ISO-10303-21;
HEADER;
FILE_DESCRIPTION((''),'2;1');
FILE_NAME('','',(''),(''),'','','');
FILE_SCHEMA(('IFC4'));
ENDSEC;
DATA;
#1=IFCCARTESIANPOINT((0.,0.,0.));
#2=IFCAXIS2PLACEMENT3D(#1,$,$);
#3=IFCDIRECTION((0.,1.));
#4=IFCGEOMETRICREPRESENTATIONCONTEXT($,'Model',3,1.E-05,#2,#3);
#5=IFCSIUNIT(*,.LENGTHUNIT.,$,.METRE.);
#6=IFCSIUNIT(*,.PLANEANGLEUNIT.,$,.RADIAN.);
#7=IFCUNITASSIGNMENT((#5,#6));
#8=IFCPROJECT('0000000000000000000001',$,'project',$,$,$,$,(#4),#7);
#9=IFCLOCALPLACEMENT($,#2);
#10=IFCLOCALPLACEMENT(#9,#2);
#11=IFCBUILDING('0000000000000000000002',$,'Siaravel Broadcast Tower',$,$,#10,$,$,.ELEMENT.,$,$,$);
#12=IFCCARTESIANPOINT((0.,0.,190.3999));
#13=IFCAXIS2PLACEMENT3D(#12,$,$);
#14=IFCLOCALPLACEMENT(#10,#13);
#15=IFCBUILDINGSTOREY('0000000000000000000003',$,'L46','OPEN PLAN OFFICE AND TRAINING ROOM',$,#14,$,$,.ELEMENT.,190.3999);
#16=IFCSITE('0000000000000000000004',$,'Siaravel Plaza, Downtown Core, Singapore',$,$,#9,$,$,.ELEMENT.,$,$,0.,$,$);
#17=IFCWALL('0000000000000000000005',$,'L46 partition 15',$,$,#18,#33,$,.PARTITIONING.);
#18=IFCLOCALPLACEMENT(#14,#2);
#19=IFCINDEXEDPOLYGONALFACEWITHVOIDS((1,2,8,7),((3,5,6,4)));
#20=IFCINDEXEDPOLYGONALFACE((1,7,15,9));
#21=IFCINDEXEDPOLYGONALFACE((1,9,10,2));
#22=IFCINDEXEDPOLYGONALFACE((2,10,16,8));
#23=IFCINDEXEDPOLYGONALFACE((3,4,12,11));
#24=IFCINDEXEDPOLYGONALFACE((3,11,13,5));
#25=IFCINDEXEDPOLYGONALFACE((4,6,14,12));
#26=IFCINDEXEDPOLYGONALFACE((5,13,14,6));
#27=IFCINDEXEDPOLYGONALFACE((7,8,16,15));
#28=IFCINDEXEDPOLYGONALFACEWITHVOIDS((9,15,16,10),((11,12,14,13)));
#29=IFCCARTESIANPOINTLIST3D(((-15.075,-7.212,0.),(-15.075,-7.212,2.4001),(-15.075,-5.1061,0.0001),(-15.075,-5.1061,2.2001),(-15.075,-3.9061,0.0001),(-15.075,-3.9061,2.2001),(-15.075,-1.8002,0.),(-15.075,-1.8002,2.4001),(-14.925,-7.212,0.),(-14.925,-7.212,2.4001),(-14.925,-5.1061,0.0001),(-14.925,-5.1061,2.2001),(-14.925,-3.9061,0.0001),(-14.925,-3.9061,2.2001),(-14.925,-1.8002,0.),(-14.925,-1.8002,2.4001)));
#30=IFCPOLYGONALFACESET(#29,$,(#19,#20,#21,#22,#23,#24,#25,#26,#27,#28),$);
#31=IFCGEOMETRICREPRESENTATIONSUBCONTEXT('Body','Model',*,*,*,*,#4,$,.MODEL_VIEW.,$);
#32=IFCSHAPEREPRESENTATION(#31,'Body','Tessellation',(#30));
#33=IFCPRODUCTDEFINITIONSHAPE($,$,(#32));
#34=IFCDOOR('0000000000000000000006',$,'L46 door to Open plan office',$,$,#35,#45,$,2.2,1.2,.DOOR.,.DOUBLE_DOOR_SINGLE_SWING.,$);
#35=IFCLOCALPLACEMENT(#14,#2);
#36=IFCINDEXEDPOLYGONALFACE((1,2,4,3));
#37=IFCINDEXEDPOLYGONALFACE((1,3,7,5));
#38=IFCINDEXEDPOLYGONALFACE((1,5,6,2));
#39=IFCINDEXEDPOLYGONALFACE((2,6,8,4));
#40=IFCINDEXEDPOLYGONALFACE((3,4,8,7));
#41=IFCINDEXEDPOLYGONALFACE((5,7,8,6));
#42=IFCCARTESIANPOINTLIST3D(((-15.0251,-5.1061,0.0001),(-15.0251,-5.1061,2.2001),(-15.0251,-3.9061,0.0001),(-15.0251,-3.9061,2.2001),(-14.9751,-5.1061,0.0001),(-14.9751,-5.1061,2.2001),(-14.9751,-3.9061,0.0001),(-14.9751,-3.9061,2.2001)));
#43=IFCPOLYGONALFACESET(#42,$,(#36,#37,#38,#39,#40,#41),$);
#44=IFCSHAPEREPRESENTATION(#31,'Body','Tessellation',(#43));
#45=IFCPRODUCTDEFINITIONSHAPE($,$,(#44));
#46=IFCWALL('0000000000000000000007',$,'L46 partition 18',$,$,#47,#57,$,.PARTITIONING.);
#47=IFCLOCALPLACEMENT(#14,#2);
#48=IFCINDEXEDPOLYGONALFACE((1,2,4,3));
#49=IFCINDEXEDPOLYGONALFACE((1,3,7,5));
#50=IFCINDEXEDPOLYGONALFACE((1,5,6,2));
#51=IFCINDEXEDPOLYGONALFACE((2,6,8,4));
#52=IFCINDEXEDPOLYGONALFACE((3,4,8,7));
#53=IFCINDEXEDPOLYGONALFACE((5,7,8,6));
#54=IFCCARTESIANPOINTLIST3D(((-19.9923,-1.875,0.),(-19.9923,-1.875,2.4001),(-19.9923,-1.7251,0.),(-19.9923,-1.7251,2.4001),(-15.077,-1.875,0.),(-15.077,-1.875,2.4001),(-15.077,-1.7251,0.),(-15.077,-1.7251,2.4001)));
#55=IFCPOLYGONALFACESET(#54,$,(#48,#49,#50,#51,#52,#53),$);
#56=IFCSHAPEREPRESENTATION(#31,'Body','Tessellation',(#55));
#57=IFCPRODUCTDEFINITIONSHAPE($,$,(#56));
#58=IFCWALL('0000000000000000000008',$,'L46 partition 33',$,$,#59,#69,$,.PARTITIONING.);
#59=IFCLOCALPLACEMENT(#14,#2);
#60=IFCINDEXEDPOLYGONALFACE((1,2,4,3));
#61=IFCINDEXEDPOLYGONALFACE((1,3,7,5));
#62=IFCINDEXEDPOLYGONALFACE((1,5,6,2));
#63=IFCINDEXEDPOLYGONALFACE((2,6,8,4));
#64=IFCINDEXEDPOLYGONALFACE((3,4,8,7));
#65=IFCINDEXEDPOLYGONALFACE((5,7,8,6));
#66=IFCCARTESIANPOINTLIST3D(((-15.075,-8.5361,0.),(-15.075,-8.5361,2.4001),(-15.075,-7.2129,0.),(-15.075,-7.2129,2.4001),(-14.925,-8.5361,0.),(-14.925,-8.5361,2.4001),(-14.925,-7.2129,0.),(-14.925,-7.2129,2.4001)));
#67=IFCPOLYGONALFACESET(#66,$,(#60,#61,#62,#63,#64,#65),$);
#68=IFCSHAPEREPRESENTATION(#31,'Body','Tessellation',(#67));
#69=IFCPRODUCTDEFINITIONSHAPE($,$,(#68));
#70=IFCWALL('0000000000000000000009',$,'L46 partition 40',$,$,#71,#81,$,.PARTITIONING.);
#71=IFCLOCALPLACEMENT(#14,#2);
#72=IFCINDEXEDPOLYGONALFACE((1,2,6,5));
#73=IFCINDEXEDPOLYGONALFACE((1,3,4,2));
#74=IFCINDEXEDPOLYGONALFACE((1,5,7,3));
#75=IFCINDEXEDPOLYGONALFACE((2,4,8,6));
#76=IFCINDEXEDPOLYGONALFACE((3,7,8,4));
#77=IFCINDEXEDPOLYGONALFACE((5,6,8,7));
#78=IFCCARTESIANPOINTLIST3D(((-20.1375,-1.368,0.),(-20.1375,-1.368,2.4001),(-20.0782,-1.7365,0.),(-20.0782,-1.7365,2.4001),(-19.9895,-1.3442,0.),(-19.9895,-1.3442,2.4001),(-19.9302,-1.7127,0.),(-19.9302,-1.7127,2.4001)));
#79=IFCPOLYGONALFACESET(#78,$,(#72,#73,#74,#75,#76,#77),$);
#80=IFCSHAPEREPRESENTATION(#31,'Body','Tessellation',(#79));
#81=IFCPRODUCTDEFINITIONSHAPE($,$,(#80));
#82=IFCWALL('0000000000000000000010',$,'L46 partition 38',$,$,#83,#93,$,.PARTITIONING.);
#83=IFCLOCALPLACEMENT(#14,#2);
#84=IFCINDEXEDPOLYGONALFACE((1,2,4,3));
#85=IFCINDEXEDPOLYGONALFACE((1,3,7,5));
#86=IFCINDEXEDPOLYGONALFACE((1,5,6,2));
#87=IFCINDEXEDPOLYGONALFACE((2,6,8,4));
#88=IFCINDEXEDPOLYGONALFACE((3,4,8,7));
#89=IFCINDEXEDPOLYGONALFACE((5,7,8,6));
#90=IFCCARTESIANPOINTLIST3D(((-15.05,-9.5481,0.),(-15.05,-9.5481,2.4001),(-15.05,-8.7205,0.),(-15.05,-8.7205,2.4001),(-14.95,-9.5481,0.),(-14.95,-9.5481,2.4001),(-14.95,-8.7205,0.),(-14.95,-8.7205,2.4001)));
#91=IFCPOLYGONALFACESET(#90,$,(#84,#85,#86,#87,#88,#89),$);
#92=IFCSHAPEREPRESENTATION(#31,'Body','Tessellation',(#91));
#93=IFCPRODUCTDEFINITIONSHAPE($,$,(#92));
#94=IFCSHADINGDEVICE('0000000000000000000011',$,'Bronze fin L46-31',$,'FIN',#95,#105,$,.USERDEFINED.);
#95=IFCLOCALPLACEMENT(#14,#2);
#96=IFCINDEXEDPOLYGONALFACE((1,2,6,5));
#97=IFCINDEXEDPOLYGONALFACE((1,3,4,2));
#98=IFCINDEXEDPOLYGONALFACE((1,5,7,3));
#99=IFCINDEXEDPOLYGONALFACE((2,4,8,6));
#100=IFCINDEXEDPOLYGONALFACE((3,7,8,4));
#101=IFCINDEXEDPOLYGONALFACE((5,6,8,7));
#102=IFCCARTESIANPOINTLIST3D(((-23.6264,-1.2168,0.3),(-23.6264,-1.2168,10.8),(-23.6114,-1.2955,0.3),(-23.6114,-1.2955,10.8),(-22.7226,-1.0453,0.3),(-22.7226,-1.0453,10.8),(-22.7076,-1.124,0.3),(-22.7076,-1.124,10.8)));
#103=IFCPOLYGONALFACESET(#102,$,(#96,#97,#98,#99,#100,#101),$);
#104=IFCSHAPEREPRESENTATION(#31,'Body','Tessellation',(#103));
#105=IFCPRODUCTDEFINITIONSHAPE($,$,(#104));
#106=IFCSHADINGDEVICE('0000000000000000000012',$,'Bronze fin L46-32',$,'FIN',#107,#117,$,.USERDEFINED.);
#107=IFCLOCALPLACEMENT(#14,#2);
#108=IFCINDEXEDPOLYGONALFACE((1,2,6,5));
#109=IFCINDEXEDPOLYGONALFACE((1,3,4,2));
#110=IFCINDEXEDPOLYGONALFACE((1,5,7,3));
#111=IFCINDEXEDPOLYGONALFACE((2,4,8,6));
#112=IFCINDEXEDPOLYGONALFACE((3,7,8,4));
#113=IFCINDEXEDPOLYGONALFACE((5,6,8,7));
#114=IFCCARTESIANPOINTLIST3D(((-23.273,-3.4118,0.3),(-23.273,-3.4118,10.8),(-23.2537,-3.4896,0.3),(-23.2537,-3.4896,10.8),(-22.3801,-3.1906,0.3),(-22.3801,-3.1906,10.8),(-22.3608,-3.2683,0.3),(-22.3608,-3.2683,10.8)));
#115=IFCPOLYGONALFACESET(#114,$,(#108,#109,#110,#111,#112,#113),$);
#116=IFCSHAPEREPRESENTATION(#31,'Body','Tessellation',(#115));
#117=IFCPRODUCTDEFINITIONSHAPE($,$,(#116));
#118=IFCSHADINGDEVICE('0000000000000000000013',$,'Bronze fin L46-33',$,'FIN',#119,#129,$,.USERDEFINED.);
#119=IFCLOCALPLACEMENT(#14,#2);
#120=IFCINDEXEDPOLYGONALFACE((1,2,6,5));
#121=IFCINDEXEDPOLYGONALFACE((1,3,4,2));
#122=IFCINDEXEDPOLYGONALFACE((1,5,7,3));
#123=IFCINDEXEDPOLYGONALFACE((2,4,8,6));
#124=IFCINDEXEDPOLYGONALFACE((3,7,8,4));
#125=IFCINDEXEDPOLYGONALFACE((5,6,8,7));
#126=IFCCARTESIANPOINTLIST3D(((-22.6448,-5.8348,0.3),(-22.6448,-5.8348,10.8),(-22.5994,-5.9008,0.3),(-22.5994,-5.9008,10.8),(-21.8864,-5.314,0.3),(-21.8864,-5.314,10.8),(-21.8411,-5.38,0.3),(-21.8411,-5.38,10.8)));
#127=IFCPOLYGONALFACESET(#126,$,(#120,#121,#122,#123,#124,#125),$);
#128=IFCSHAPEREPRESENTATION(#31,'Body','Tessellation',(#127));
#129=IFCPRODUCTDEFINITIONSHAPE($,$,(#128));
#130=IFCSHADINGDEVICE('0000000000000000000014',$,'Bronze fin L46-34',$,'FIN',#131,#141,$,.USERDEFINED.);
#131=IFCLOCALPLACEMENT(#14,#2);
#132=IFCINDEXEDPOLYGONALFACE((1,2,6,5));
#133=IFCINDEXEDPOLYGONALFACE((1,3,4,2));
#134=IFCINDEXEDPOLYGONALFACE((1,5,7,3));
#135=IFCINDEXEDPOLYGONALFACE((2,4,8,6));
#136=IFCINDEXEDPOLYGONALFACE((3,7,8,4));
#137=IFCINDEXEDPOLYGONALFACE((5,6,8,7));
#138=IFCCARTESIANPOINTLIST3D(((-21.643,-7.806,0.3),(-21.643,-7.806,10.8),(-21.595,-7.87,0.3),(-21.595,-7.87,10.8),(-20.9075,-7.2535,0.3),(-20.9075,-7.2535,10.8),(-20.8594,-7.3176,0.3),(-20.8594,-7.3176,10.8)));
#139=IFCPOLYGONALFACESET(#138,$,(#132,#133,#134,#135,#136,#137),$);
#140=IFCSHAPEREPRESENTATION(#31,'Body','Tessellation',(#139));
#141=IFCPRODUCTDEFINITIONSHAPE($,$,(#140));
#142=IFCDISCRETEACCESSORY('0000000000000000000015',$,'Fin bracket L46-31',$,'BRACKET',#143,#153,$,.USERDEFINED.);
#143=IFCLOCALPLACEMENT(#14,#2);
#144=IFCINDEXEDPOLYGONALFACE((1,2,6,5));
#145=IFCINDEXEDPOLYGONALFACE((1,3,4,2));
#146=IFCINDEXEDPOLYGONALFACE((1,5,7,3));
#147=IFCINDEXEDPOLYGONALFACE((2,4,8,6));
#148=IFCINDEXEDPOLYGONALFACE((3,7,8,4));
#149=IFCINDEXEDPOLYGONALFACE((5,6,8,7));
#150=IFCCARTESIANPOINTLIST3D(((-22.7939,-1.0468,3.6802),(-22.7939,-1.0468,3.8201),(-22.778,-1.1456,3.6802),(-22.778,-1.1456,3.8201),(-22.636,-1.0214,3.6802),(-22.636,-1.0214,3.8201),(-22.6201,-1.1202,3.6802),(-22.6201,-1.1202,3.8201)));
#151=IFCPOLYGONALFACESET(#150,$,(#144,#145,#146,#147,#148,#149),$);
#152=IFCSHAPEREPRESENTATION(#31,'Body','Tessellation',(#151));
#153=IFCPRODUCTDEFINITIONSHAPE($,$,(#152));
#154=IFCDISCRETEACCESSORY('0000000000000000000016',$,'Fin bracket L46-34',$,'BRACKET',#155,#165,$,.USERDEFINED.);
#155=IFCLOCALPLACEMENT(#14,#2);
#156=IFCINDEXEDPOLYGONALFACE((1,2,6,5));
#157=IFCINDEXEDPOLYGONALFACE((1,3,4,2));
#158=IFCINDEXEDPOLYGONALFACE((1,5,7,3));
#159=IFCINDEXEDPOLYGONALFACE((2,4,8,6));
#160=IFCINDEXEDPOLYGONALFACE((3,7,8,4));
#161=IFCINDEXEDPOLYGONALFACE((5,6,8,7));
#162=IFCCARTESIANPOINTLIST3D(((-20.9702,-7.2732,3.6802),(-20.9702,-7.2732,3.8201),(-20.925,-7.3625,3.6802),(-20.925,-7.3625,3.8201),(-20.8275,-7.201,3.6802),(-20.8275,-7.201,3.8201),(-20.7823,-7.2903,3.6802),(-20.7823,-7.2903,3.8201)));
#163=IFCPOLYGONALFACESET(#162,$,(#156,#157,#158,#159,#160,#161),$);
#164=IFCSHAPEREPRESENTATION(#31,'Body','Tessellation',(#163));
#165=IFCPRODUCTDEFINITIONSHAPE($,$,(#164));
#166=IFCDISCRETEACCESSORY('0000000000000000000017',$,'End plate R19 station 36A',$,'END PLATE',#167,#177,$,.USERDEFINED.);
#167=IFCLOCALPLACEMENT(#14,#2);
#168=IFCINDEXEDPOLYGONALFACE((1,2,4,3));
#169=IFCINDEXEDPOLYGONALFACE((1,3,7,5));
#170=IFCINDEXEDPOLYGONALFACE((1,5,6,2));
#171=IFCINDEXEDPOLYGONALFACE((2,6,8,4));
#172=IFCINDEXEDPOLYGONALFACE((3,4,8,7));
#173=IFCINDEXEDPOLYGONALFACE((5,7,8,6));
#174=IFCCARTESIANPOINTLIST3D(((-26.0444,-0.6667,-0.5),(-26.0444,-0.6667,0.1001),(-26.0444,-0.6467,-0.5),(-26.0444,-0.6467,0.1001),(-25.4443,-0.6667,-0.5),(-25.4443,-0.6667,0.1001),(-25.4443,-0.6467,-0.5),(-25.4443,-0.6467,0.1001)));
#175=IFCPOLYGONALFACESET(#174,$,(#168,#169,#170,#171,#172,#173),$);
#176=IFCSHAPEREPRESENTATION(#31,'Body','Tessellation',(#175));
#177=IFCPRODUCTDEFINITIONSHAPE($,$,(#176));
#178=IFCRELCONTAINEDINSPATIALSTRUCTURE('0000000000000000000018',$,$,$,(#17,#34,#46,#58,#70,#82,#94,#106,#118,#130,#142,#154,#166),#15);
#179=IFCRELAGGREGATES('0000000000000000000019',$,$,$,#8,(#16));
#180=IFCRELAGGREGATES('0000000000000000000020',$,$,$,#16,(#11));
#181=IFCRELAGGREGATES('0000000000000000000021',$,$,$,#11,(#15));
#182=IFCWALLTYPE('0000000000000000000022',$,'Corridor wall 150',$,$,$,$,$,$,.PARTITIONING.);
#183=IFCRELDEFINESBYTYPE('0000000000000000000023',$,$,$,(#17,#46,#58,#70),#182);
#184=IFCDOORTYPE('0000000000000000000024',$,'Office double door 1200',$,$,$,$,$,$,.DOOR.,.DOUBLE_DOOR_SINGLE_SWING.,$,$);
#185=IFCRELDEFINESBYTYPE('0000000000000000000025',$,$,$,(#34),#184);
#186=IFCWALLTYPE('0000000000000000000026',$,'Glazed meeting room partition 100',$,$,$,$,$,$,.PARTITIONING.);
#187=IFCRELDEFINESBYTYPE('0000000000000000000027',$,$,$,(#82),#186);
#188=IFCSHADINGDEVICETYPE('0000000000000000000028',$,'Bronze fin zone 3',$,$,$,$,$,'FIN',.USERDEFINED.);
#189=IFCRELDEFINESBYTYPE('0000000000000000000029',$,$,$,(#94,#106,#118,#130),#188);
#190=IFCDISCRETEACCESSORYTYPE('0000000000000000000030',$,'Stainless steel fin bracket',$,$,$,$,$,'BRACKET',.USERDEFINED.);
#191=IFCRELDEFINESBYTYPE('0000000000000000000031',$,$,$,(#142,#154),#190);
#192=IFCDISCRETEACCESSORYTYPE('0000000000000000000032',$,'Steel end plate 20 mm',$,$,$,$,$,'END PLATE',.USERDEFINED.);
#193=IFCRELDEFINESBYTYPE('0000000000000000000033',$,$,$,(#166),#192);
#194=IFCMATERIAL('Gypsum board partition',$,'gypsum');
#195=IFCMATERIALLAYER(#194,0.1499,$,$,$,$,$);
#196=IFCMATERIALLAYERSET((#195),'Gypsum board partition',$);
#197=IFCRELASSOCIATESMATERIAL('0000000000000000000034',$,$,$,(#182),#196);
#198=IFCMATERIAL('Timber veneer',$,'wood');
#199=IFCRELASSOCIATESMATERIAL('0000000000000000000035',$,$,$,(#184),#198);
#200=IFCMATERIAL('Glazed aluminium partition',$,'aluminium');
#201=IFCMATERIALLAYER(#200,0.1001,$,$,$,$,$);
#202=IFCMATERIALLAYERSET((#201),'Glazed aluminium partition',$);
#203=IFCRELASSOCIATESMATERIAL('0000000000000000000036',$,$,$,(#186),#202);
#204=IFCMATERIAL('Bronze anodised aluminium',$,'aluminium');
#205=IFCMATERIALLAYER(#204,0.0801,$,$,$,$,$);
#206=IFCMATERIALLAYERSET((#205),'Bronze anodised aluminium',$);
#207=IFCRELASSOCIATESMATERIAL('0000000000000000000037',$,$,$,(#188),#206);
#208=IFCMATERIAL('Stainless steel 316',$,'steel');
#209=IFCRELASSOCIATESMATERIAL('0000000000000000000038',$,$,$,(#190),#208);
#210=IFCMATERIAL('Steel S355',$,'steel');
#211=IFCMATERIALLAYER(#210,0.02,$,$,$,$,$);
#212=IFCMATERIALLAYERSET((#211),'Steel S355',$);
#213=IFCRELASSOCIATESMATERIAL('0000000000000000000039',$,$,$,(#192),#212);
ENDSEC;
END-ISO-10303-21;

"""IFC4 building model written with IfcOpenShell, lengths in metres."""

from ifc_helpers import new_model, si_unit, direction, frame, frame_2d, origin, origin_2d, place, context, subcontext, project, spatial, rectangle, extrude, material, layer, layer_set, type_object, element, fill, save


model = new_model("IFC4")

# Units and contexts
model_context = context("Model", 3, precision=1e-05, world=origin(), true_north=direction((0.0, 1.0)))
body_context = subcontext(model_context, "Body", "Model", "MODEL_VIEW")
ifc_project = project(units=[si_unit("LENGTHUNIT", "METRE"), si_unit("PLANEANGLEUNIT", "RADIAN")], contexts=[model_context])

# Site, building, storey
site_placement = place(None, origin())
site = spatial("IfcSite", under=ifc_project, at=site_placement, Name="Siaravel Plaza, Downtown Core, Singapore", CompositionType="ELEMENT", RefElevation=0.0)
building_placement = place(site_placement, origin())
building = spatial("IfcBuilding", under=site, at=building_placement, Name="Siaravel Broadcast Tower", CompositionType="ELEMENT")
storey_placement = place(building_placement, frame((0.0, 0.0, 190.3999)))
storey = spatial("IfcBuildingStorey", under=building, at=storey_placement, Name="L46", Description="OPEN PLAN OFFICE AND TRAINING ROOM", CompositionType="ELEMENT", Elevation=190.3999)

# Shared definitions
ifc_material_1 = material(Name="Steel S355", Category="steel")

# Wall, opening, door
ifc_material_2 = material(Name="Gypsum board partition", Category="gypsum")
ifc_layer_1 = layer(ifc_material_2, 0.1499)
ifc_layer_set_1 = layer_set([ifc_layer_1], Name="Gypsum board partition")
wall_type_1 = type_object("IfcWallType", Name="Corridor wall 150", PredefinedType="PARTITIONING", material=ifc_layer_set_1)
wall_1_placement = place(storey_placement, frame((-15.0, -1.8, 0.0), z_axis=(0.0, 0.0, 1.0), x_axis=(0.0, -1.0, 0.0)))
wall_1 = element("IfcWall", 1, at=wall_1_placement, inside=storey, type_object=wall_type_1, Name="L46 partition 15", PredefinedType="PARTITIONING", context=body_context, shape_type="SweptSolid", body=[
    extrude(rectangle(XDim=5.4119, YDim=0.1499, at=frame_2d((2.7061, 0.0))), origin(), (0.0, 0.0, 1.0), 2.4001),
])
opening_placement = place(wall_1_placement, frame((2.106, 0.0, 0.0)))
opening = element("IfcOpeningElement", 2, at=opening_placement, cuts=wall_1, PredefinedType="OPENING", context=body_context, shape_type="SweptSolid", body=[
    extrude(rectangle(XDim=1.2, YDim=2.2, at=frame_2d((0.6001, 1.1001))), frame((0.0, 0.085, 0.0), z_axis=(0.0, -1.0, 0.0), x_axis=(1.0, 0.0, 0.0)), (0.0, 0.0, 1.0), 0.1699),
])
ifc_material_3 = material(Name="Timber veneer", Category="wood")
door_type = type_object("IfcDoorType", Name="Office double door 1200", OperationType="DOUBLE_DOOR_SINGLE_SWING", PredefinedType="DOOR", material=ifc_material_3)
door_placement = place(opening_placement, origin())
door = element("IfcDoor", 3, at=door_placement, inside=storey, type_object=door_type, Name="L46 door to Open plan office", OperationType="DOUBLE_DOOR_SINGLE_SWING", OverallHeight=2.2, OverallWidth=1.2, PredefinedType="DOOR", context=body_context, shape_type="SweptSolid", body=[
    extrude(rectangle(XDim=1.2, YDim=2.2, at=frame_2d((0.6001, 1.1001))), frame((0.0, 0.0249, 0.0), z_axis=(0.0, -1.0, 0.0), x_axis=(1.0, 0.0, 0.0)), (0.0, 0.0, 1.0), 0.05),
])
fill(opening, door)

# Walls
wall_2_placement = place(storey_placement, frame((-19.9922, -1.8, 0.0), z_axis=(0.0, 0.0, 1.0), x_axis=(1.0, 0.0, 0.0)))
element("IfcWall", 4, at=wall_2_placement, inside=storey, type_object=wall_type_1, Name="L46 partition 18", PredefinedType="PARTITIONING", context=body_context, shape_type="SweptSolid", body=[
    extrude(rectangle(XDim=4.9153, YDim=0.1499, at=frame_2d((2.4575, 0.0))), origin(), (0.0, 0.0, 1.0), 2.4001),
])
wall_3_placement = place(storey_placement, frame((-15.0, -7.2129, 0.0), z_axis=(0.0, 0.0, 1.0), x_axis=(0.0, -1.0, 0.0)))
element("IfcWall", 5, at=wall_3_placement, inside=storey, type_object=wall_type_1, Name="L46 partition 33", PredefinedType="PARTITIONING", context=body_context, shape_type="SweptSolid", body=[
    extrude(rectangle(XDim=1.3232, YDim=0.1499, at=frame_2d((0.6616, 0.0))), origin(), (0.0, 0.0, 1.0), 2.4001),
])
wall_4_placement = place(storey_placement, frame((-20.0635, -1.3562, 0.0), z_axis=(0.0, 0.0, 1.0), x_axis=(0.158883, -0.987297, 0.0)))
element("IfcWall", 6, at=wall_4_placement, inside=storey, type_object=wall_type_1, Name="L46 partition 40", PredefinedType="PARTITIONING", context=body_context, shape_type="SweptSolid", body=[
    extrude(rectangle(XDim=0.3733, YDim=0.1499, at=frame_2d((0.1865, 0.0))), origin(), (0.0, 0.0, 1.0), 2.4001),
])
ifc_material_4 = material(Name="Glazed aluminium partition", Category="aluminium")
ifc_layer_2 = layer(ifc_material_4, 0.1001)
ifc_layer_set_2 = layer_set([ifc_layer_2], Name="Glazed aluminium partition")
wall_type_2 = type_object("IfcWallType", Name="Glazed meeting room partition 100", PredefinedType="PARTITIONING", material=ifc_layer_set_2)
wall_5_placement = place(storey_placement, frame((-15.0, -8.7205, 0.0), z_axis=(0.0, 0.0, 1.0), x_axis=(0.0, -1.0, 0.0)))
element("IfcWall", 7, at=wall_5_placement, inside=storey, type_object=wall_type_2, Name="L46 partition 38", PredefinedType="PARTITIONING", context=body_context, shape_type="SweptSolid", body=[
    extrude(rectangle(XDim=0.8276, YDim=0.1001, at=frame_2d((0.4138, 0.0))), origin(), (0.0, 0.0, 1.0), 2.4001),
])

# Shading devices
ifc_material_5 = material(Name="Bronze anodised aluminium", Category="aluminium")
ifc_layer_3 = layer(ifc_material_5, 0.0801)
ifc_layer_set_3 = layer_set([ifc_layer_3], Name="Bronze anodised aluminium")
shading_device_type = type_object("IfcShadingDeviceType", Name="Bronze fin zone 3", ElementType="FIN", PredefinedType="USERDEFINED", material=ifc_layer_set_3)
for number, where, z_axis, x_axis, name in (
    (8, (-23.167, -1.1704, 0.3), (0.0, 0.0, 1.0), (-0.982468, -0.18643, 0.0), "Bronze fin L46-31"),
    (9, (-22.8169, -3.3401, 0.3), (0.0, 0.0, 1.0), (-0.970653, -0.240484, 0.0), "Bronze fin L46-32"),
    (10, (-22.2429, -5.6074, 0.3), (0.0, 0.0, 1.0), (-0.824341, -0.566094, 0.0), "Bronze fin L46-33"),
    (11, (-21.2512, -7.5618, 0.3), (0.0, 0.0, 1.0), (-0.799598, -0.600536, 0.0), "Bronze fin L46-34"),
):
    element("IfcShadingDevice", number, at=place(storey_placement, frame(where, z_axis=z_axis, x_axis=x_axis)), inside=storey, type_object=shading_device_type, Name=name, ObjectType="FIN", PredefinedType="USERDEFINED", context=body_context, shape_type="SweptSolid", body=[
        extrude(rectangle(XDim=0.9199, YDim=0.0801, at=origin_2d()), origin(), (0.0, 0.0, 1.0), 10.5),
    ])

# Discrete accessories
ifc_material_6 = material(Name="Stainless steel 316", Category="steel")
discrete_accessory_type_1 = type_object("IfcDiscreteAccessoryType", Name="Stainless steel fin bracket", ElementType="BRACKET", PredefinedType="USERDEFINED", material=ifc_material_6)
for number, where, z_axis, x_axis, name in (
    (12, (-22.707, -1.0835, 3.6802), (0.0, 0.0, 1.0), (-0.987329, -0.158685, 0.0), "Fin bracket L46-31"),
    (13, (-20.8762, -7.2817, 3.6802), (0.0, 0.0, 1.0), (-0.892392, -0.451261, 0.0), "Fin bracket L46-34"),
):
    element("IfcDiscreteAccessory", number, at=place(storey_placement, frame(where, z_axis=z_axis, x_axis=x_axis)), inside=storey, type_object=discrete_accessory_type_1, Name=name, ObjectType="BRACKET", PredefinedType="USERDEFINED", context=body_context, shape_type="SweptSolid", body=[
        extrude(rectangle(XDim=0.1599, YDim=0.1001, at=origin_2d()), origin(), (0.0, 0.0, 1.0), 0.1399),
    ])
ifc_layer_4 = layer(ifc_material_1, 0.02)
ifc_layer_set_4 = layer_set([ifc_layer_4], Name="Steel S355")
discrete_accessory_type_2 = type_object("IfcDiscreteAccessoryType", Name="Steel end plate 20 mm", ElementType="END PLATE", PredefinedType="USERDEFINED", material=ifc_layer_set_4)
discrete_accessory_placement = place(storey_placement, frame((-25.7444, -0.6567, -0.5), z_axis=(0.0, 0.0, 1.0), x_axis=(0.0, -1.0, 0.0)))
element("IfcDiscreteAccessory", 14, at=discrete_accessory_placement, inside=storey, type_object=discrete_accessory_type_2, Name="End plate R19 station 36A", ObjectType="END PLATE", PredefinedType="USERDEFINED", context=body_context, shape_type="SweptSolid", body=[
    extrude(rectangle(XDim=0.02, YDim=0.6001, at=origin_2d()), origin(), (0.0, 0.0, 1.0), 0.6001),
])

save(model, "model.ifc")
